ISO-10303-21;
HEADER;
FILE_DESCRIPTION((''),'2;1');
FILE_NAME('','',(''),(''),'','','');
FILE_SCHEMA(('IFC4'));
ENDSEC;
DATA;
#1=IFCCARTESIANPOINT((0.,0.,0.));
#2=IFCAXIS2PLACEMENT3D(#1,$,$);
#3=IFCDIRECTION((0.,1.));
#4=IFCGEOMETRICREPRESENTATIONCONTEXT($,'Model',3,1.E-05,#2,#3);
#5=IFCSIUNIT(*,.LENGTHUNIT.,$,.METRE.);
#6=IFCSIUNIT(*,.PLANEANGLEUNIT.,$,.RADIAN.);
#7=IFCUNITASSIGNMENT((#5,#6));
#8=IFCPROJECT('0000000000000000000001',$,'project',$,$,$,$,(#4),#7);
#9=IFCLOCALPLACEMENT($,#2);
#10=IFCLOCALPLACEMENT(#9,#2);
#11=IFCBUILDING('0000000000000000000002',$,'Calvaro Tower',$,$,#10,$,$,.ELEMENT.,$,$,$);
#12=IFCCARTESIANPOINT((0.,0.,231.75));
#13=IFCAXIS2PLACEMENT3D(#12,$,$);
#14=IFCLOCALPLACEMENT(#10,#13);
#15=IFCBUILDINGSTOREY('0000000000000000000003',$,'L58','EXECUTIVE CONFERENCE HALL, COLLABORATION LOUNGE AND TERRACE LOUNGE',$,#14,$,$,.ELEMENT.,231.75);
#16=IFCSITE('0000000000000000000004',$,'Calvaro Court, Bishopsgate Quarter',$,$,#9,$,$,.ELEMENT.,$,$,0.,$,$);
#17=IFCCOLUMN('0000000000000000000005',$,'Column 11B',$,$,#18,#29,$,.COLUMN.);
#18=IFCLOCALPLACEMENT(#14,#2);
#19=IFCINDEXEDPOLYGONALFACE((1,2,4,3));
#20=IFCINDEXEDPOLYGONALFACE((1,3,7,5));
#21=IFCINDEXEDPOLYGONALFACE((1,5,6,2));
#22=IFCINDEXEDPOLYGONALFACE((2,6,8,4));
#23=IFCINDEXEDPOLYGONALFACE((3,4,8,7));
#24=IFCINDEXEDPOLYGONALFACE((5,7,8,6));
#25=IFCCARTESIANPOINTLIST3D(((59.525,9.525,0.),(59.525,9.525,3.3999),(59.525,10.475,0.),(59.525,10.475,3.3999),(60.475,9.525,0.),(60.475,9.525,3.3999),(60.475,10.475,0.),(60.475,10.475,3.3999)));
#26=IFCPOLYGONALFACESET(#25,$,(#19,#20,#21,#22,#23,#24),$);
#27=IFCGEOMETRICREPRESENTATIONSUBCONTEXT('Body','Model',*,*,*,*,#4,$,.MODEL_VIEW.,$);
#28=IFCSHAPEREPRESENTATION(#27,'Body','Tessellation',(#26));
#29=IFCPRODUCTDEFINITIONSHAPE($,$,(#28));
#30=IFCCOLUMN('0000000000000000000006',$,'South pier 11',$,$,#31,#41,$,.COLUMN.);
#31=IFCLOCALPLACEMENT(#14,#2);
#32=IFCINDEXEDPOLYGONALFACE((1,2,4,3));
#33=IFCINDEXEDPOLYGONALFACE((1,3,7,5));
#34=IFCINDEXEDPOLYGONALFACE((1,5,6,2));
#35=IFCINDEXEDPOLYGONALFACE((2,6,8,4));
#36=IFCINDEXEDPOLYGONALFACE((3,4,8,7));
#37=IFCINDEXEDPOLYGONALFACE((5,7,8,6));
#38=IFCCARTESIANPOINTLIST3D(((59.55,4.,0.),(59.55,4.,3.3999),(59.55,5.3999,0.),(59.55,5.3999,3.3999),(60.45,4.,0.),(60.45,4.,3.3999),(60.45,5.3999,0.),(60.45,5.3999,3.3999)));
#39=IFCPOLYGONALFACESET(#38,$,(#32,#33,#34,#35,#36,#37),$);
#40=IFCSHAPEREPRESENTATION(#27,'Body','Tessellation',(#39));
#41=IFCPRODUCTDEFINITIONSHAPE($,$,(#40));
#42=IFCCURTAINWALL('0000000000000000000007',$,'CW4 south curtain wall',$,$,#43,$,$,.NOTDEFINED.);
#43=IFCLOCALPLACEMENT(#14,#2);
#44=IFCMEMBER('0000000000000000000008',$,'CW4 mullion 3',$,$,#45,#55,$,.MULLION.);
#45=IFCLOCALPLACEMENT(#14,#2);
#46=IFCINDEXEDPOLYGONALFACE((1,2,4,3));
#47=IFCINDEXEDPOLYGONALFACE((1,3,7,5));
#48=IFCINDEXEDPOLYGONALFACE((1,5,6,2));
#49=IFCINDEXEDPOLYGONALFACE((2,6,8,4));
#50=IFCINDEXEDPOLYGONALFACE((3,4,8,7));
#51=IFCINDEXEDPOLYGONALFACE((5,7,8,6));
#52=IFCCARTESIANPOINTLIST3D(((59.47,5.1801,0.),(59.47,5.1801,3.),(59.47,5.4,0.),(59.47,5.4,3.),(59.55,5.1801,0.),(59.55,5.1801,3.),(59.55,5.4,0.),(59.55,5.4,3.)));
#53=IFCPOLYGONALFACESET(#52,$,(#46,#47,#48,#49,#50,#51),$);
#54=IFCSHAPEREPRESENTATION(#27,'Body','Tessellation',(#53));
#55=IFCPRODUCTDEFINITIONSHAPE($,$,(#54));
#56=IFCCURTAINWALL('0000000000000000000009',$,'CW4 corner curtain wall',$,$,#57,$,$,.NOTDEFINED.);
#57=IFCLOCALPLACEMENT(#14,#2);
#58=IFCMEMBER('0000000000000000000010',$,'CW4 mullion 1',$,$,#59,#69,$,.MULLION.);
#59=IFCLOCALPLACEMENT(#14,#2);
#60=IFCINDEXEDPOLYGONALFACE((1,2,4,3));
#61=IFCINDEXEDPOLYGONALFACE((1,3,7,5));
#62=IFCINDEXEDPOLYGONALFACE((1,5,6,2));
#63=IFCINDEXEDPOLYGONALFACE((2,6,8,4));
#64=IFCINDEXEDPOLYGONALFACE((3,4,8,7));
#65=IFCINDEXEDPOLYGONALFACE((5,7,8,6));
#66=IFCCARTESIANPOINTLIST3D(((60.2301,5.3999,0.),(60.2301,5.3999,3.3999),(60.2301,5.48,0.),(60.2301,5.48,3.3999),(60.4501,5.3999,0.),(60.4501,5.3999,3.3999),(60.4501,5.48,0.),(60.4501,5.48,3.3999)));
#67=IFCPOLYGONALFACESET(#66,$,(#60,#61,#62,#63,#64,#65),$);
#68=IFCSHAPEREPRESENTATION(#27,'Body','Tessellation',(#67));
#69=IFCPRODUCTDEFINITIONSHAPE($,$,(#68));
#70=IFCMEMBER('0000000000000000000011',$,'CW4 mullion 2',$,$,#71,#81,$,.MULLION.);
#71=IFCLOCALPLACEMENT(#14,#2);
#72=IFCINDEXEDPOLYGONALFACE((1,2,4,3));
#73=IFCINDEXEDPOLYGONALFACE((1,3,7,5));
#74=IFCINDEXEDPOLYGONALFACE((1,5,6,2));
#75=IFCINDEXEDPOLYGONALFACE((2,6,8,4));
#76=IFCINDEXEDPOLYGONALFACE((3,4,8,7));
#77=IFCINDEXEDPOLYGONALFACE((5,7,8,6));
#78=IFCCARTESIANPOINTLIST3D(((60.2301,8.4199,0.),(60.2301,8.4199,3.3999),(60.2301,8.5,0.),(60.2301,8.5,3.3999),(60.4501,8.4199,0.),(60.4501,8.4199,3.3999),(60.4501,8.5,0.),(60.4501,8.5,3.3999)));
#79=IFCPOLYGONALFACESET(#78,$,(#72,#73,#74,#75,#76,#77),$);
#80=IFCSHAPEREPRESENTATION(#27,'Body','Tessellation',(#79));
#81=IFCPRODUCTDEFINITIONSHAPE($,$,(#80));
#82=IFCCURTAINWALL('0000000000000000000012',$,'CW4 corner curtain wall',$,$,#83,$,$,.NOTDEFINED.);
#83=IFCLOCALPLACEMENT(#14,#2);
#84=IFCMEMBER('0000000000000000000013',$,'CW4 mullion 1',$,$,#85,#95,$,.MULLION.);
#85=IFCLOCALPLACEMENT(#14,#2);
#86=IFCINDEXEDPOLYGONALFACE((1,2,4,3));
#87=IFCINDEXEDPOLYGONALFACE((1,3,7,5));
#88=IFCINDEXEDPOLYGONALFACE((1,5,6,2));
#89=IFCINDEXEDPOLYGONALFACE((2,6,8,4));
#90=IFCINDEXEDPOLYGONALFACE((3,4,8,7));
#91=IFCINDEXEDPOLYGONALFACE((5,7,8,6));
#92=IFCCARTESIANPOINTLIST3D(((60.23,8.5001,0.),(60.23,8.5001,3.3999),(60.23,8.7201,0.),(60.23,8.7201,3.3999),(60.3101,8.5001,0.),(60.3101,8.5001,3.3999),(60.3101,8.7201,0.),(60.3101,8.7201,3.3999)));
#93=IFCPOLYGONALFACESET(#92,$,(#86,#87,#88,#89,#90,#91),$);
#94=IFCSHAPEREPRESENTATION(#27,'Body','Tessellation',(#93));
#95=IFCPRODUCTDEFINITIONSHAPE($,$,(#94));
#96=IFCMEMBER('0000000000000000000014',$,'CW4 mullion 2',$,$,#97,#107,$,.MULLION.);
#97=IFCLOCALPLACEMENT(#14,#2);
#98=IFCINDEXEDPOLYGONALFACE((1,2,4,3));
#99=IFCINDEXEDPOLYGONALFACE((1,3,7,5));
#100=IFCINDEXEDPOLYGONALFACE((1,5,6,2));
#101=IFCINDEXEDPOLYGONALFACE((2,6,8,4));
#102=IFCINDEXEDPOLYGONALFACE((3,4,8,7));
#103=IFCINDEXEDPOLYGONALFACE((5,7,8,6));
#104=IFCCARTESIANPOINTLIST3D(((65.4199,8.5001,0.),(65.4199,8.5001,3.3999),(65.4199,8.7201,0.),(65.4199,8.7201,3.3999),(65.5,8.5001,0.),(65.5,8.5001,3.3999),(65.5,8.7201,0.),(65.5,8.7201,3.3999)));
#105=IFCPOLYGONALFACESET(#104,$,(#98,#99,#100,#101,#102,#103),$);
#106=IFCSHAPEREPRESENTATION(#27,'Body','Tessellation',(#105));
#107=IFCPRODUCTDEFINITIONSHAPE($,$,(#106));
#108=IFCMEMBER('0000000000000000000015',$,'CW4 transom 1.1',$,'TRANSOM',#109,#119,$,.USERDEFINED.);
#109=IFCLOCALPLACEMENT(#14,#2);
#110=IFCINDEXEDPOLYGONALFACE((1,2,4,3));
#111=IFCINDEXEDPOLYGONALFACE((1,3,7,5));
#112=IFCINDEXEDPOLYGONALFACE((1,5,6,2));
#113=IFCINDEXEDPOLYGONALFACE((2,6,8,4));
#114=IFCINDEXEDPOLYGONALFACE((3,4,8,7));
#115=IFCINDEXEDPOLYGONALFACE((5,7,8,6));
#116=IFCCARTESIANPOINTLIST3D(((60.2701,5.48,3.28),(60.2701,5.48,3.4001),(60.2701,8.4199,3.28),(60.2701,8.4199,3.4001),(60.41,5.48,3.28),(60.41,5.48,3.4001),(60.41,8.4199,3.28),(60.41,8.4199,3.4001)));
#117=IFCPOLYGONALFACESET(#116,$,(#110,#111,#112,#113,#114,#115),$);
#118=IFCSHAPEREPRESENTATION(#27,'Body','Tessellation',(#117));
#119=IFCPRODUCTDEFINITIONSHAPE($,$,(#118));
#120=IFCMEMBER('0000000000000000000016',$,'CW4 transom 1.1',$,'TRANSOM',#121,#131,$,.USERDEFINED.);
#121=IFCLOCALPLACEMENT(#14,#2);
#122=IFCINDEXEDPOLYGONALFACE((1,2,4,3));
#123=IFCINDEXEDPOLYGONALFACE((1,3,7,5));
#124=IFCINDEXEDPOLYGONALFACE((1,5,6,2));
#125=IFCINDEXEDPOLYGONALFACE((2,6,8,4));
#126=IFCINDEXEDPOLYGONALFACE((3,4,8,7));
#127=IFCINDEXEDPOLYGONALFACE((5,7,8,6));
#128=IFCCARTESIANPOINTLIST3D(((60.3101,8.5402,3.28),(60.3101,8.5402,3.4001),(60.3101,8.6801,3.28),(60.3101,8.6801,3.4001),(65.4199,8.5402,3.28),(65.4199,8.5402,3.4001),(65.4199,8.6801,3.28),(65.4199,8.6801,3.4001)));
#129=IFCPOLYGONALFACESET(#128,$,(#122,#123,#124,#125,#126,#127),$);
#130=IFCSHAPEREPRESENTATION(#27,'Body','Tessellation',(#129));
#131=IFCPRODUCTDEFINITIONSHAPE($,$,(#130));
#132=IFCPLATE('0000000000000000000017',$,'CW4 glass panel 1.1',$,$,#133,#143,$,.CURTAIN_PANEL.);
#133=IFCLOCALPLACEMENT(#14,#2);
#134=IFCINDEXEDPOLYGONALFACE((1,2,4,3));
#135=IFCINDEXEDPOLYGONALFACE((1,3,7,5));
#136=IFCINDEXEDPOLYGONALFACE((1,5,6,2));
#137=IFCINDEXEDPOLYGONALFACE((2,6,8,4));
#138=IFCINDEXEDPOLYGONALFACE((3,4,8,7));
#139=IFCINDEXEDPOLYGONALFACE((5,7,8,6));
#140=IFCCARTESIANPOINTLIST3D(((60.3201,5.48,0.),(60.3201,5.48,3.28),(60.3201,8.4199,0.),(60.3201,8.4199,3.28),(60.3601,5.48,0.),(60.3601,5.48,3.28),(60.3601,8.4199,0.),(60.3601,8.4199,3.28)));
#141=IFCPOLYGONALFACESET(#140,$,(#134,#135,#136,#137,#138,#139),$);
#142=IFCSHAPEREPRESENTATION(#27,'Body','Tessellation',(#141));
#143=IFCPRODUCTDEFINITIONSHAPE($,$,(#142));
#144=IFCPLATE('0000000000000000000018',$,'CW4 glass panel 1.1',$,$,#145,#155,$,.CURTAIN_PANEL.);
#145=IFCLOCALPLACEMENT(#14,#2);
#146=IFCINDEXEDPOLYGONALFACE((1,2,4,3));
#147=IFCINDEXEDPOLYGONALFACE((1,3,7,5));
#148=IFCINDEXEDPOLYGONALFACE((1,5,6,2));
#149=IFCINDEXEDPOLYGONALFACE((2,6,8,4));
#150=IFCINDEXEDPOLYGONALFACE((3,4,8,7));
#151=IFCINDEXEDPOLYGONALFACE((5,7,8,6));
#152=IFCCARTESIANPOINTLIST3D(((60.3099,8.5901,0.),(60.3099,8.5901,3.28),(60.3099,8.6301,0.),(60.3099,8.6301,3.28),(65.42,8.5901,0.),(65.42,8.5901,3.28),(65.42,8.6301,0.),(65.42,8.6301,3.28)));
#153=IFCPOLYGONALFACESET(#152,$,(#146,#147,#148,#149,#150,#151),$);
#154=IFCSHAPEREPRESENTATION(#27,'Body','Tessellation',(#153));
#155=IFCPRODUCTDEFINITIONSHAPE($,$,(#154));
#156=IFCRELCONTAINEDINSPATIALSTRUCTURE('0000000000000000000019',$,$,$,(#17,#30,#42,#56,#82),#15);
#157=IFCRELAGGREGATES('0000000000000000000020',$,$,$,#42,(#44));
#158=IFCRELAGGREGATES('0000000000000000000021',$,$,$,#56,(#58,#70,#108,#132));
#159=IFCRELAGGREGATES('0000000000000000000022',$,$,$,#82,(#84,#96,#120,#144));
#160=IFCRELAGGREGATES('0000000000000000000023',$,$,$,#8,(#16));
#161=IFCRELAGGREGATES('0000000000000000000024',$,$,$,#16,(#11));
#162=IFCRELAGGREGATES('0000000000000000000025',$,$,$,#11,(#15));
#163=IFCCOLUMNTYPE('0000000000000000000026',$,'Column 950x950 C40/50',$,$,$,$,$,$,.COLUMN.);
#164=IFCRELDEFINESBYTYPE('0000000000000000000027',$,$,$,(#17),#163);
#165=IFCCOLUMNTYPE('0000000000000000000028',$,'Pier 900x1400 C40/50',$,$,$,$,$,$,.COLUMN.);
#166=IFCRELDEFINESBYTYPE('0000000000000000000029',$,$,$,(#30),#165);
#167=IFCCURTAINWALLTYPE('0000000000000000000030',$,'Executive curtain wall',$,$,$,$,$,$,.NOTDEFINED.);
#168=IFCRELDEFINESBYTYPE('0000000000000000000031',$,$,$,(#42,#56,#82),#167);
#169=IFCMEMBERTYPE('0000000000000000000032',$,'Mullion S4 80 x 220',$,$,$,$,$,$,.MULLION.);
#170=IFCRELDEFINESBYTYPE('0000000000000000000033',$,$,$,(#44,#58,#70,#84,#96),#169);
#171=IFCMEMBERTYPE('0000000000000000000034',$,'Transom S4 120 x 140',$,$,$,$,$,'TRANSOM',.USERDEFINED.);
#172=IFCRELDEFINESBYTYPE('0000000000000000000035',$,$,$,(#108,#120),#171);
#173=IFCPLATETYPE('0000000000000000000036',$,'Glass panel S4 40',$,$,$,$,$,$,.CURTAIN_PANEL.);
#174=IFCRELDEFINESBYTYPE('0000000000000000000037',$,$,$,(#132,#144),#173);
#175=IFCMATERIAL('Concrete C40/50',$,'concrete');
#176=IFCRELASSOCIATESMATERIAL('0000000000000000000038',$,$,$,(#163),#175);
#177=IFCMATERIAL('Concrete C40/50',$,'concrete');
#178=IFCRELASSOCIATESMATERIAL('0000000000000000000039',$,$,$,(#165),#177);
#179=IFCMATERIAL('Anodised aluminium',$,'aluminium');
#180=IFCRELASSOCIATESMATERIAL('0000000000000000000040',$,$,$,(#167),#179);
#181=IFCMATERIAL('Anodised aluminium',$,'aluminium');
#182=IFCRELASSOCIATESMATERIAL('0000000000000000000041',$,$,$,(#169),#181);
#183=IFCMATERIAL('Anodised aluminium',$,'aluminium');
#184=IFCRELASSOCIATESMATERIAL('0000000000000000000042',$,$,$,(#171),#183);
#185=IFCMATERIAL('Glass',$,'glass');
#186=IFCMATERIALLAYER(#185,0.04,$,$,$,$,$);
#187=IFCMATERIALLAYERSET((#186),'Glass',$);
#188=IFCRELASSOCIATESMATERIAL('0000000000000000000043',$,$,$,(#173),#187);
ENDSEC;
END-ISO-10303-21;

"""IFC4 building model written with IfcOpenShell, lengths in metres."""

from ifc_helpers import new_model, si_unit, direction, frame, origin, origin_2d, place, context, subcontext, project, spatial, rectangle, extrude, material, layer, layer_set, material_profile, profile_set, type_object, element, aggregate, save


model = new_model("IFC4")

# Units and contexts
model_context = context("Model", 3, precision=1e-05, world=origin(), true_north=direction((0.0, 1.0)))
body_context = subcontext(model_context, "Body", "Model", "MODEL_VIEW")
ifc_project = project(units=[si_unit("LENGTHUNIT", "METRE"), si_unit("PLANEANGLEUNIT", "RADIAN")], contexts=[model_context])

# Site, building, storey
site_placement = place(None, origin())
site = spatial("IfcSite", under=ifc_project, at=site_placement, Name="Calvaro Court, Bishopsgate Quarter", CompositionType="ELEMENT", RefElevation=0.0)
building_placement = place(site_placement, origin())
building = spatial("IfcBuilding", under=site, at=building_placement, Name="Calvaro Tower", CompositionType="ELEMENT")
storey_placement = place(building_placement, frame((0.0, 0.0, 231.75)))
storey = spatial("IfcBuildingStorey", under=building, at=storey_placement, Name="L58", Description="EXECUTIVE CONFERENCE HALL, COLLABORATION LOUNGE AND TERRACE LOUNGE", CompositionType="ELEMENT", Elevation=231.75)

# Columns
ifc_material_1 = material(Name="Concrete C40/50", Category="concrete")
ifc_material_profile_1 = material_profile(ifc_material_1, rectangle(XDim=0.95, YDim=0.95, at=origin_2d()), Name="RC 950x950")
ifc_profile_set_1 = profile_set([ifc_material_profile_1], Name="Concrete C40/50")
column_type_1 = type_object("IfcColumnType", Name="Column 950x950 C40/50", PredefinedType="COLUMN", material=ifc_profile_set_1)
column_1_placement = place(storey_placement, frame((60.0, 10.0, 0.0), z_axis=(0.0, 0.0, 1.0), x_axis=(1.0, 0.0, 0.0)))
element("IfcColumn", 1, at=column_1_placement, inside=storey, type_object=column_type_1, Name="Column 11B", PredefinedType="COLUMN", context=body_context, shape_type="SweptSolid", body=[
    extrude(rectangle(XDim=0.95, YDim=0.95, at=origin_2d()), origin(), (0.0, 0.0, 1.0), 3.3999),
])
ifc_material_2 = material(Name="Concrete C40/50", Category="concrete")
ifc_material_profile_2 = material_profile(ifc_material_2, rectangle(XDim=0.8999, YDim=1.3999, at=origin_2d()), Name="RC 900x1400")
ifc_profile_set_2 = profile_set([ifc_material_profile_2], Name="Concrete C40/50")
column_type_2 = type_object("IfcColumnType", Name="Pier 900x1400 C40/50", PredefinedType="COLUMN", material=ifc_profile_set_2)
column_2_placement = place(storey_placement, frame((60.0, 4.7, 0.0), z_axis=(0.0, 0.0, 1.0), x_axis=(1.0, 0.0, 0.0)))
element("IfcColumn", 2, at=column_2_placement, inside=storey, type_object=column_type_2, Name="South pier 11", PredefinedType="COLUMN", context=body_context, shape_type="SweptSolid", body=[
    extrude(rectangle(XDim=0.8999, YDim=1.3999, at=origin_2d()), origin(), (0.0, 0.0, 1.0), 3.3999),
])

# Curtain wall, member
ifc_material_3 = material(Name="Anodised aluminium", Category="aluminium")
curtain_wall_type = type_object("IfcCurtainWallType", Name="Executive curtain wall", PredefinedType="NOTDEFINED", material=ifc_material_3)
curtain_wall_1_placement = place(storey_placement, origin())
curtain_wall_1 = element("IfcCurtainWall", 3, at=curtain_wall_1_placement, inside=storey, type_object=curtain_wall_type, Name="CW4 south curtain wall", PredefinedType="NOTDEFINED")
ifc_material_4 = material(Name="Anodised aluminium", Category="aluminium")
ifc_material_profile_3 = material_profile(ifc_material_4, rectangle(XDim=0.22, YDim=0.0801, at=origin_2d()), Name="Mullion S4 80 x 220")
ifc_profile_set_3 = profile_set([ifc_material_profile_3], Name="Anodised aluminium")
member_type_1 = type_object("IfcMemberType", Name="Mullion S4 80 x 220", PredefinedType="MULLION", material=ifc_profile_set_3)
member_1_placement = place(storey_placement, frame((59.51, 5.29, 0.0), z_axis=(0.0, 0.0, 1.0), x_axis=(0.0, 1.0, 0.0)))
member_1 = element("IfcMember", 4, at=member_1_placement, type_object=member_type_1, Name="CW4 mullion 3", PredefinedType="MULLION", context=body_context, shape_type="SweptSolid", body=[
    extrude(rectangle(XDim=0.22, YDim=0.0801, at=origin_2d()), origin(), (0.0, 0.0, 1.0), 3.0),
])
aggregate(curtain_wall_1, [member_1])

# Curtain walls, members
curtain_wall_2_placement = place(storey_placement, origin())
curtain_wall_2 = element("IfcCurtainWall", 5, at=curtain_wall_2_placement, inside=storey, type_object=curtain_wall_type, Name="CW4 corner curtain wall", PredefinedType="NOTDEFINED")
member_2_placement = place(storey_placement, frame((60.3401, 5.4399, 0.0), z_axis=(0.0, 0.0, 1.0), x_axis=(-1.0, 0.0, 0.0)))
member_2 = element("IfcMember", 6, at=member_2_placement, type_object=member_type_1, Name="CW4 mullion 1", PredefinedType="MULLION", context=body_context, shape_type="SweptSolid", body=[
    extrude(rectangle(XDim=0.22, YDim=0.0801, at=origin_2d()), origin(), (0.0, 0.0, 1.0), 3.3999),
])
member_3_placement = place(storey_placement, frame((60.3401, 8.46, 0.0), z_axis=(0.0, 0.0, 1.0), x_axis=(-1.0, 0.0, 0.0)))
member_3 = element("IfcMember", 7, at=member_3_placement, type_object=member_type_1, Name="CW4 mullion 2", PredefinedType="MULLION", context=body_context, shape_type="SweptSolid", body=[
    extrude(rectangle(XDim=0.22, YDim=0.0801, at=origin_2d()), origin(), (0.0, 0.0, 1.0), 3.3999),
])
curtain_wall_3_placement = place(storey_placement, origin())
curtain_wall_3 = element("IfcCurtainWall", 8, at=curtain_wall_3_placement, inside=storey, type_object=curtain_wall_type, Name="CW4 corner curtain wall", PredefinedType="NOTDEFINED")
member_4_placement = place(storey_placement, frame((60.27, 8.6101, 0.0), z_axis=(0.0, 0.0, 1.0), x_axis=(0.0, 1.0, 0.0)))
member_4 = element("IfcMember", 9, at=member_4_placement, type_object=member_type_1, Name="CW4 mullion 1", PredefinedType="MULLION", context=body_context, shape_type="SweptSolid", body=[
    extrude(rectangle(XDim=0.22, YDim=0.0801, at=origin_2d()), origin(), (0.0, 0.0, 1.0), 3.3999),
])
member_5_placement = place(storey_placement, frame((65.46, 8.6101, 0.0), z_axis=(0.0, 0.0, 1.0), x_axis=(0.0, 1.0, 0.0)))
member_5 = element("IfcMember", 10, at=member_5_placement, type_object=member_type_1, Name="CW4 mullion 2", PredefinedType="MULLION", context=body_context, shape_type="SweptSolid", body=[
    extrude(rectangle(XDim=0.22, YDim=0.0801, at=origin_2d()), origin(), (0.0, 0.0, 1.0), 3.3999),
])

# Members
ifc_material_5 = material(Name="Anodised aluminium", Category="aluminium")
ifc_material_profile_4 = material_profile(ifc_material_5, rectangle(XDim=0.1399, YDim=0.1201, at=origin_2d()), Name="Transom S4 120 x 140")
ifc_profile_set_4 = profile_set([ifc_material_profile_4], Name="Anodised aluminium")
member_type_2 = type_object("IfcMemberType", Name="Transom S4 120 x 140", ElementType="TRANSOM", PredefinedType="USERDEFINED", material=ifc_profile_set_4)
member_6_placement = place(storey_placement, frame((60.3401, 5.48, 3.3401), z_axis=(0.0, 1.0, 0.0), x_axis=(-1.0, 0.0, 0.0)))
member_6 = element("IfcMember", 11, at=member_6_placement, type_object=member_type_2, Name="CW4 transom 1.1", ObjectType="TRANSOM", PredefinedType="USERDEFINED", context=body_context, shape_type="SweptSolid", body=[
    extrude(rectangle(XDim=0.1399, YDim=0.1201, at=origin_2d()), origin(), (0.0, 0.0, 1.0), 2.9399),
])
member_7_placement = place(storey_placement, frame((60.3101, 8.6101, 3.3401), z_axis=(1.0, 0.0, 0.0), x_axis=(0.0, 1.0, 0.0)))
member_7 = element("IfcMember", 12, at=member_7_placement, type_object=member_type_2, Name="CW4 transom 1.1", ObjectType="TRANSOM", PredefinedType="USERDEFINED", context=body_context, shape_type="SweptSolid", body=[
    extrude(rectangle(XDim=0.1399, YDim=0.1201, at=origin_2d()), origin(), (0.0, 0.0, 1.0), 5.1099),
])

# Plates
ifc_material_6 = material(Name="Glass", Category="glass")
ifc_layer_1 = layer(ifc_material_6, 0.04)
ifc_layer_set_1 = layer_set([ifc_layer_1], Name="Glass")
plate_type = type_object("IfcPlateType", Name="Glass panel S4 40", PredefinedType="CURTAIN_PANEL", material=ifc_layer_set_1)
plate_1_placement = place(storey_placement, frame((60.3401, 6.95, 0.0), z_axis=(0.0, 0.0, 1.0), x_axis=(0.0, 1.0, 0.0)))
plate_1 = element("IfcPlate", 13, at=plate_1_placement, type_object=plate_type, Name="CW4 glass panel 1.1", PredefinedType="CURTAIN_PANEL", context=body_context, shape_type="SweptSolid", body=[
    extrude(rectangle(XDim=2.9399, YDim=0.04, at=origin_2d()), origin(), (0.0, 0.0, 1.0), 3.28),
])
aggregate(curtain_wall_2, [member_2, member_3, member_6, plate_1])
plate_2_placement = place(storey_placement, frame((62.865, 8.6101, 0.0), z_axis=(0.0, 0.0, 1.0), x_axis=(1.0, 0.0, 0.0)))
plate_2 = element("IfcPlate", 14, at=plate_2_placement, type_object=plate_type, Name="CW4 glass panel 1.1", PredefinedType="CURTAIN_PANEL", context=body_context, shape_type="SweptSolid", body=[
    extrude(rectangle(XDim=5.1101, YDim=0.04, at=origin_2d()), origin(), (0.0, 0.0, 1.0), 3.28),
])
aggregate(curtain_wall_3, [member_4, member_5, member_7, plate_2])

save(model, "model.ifc")
